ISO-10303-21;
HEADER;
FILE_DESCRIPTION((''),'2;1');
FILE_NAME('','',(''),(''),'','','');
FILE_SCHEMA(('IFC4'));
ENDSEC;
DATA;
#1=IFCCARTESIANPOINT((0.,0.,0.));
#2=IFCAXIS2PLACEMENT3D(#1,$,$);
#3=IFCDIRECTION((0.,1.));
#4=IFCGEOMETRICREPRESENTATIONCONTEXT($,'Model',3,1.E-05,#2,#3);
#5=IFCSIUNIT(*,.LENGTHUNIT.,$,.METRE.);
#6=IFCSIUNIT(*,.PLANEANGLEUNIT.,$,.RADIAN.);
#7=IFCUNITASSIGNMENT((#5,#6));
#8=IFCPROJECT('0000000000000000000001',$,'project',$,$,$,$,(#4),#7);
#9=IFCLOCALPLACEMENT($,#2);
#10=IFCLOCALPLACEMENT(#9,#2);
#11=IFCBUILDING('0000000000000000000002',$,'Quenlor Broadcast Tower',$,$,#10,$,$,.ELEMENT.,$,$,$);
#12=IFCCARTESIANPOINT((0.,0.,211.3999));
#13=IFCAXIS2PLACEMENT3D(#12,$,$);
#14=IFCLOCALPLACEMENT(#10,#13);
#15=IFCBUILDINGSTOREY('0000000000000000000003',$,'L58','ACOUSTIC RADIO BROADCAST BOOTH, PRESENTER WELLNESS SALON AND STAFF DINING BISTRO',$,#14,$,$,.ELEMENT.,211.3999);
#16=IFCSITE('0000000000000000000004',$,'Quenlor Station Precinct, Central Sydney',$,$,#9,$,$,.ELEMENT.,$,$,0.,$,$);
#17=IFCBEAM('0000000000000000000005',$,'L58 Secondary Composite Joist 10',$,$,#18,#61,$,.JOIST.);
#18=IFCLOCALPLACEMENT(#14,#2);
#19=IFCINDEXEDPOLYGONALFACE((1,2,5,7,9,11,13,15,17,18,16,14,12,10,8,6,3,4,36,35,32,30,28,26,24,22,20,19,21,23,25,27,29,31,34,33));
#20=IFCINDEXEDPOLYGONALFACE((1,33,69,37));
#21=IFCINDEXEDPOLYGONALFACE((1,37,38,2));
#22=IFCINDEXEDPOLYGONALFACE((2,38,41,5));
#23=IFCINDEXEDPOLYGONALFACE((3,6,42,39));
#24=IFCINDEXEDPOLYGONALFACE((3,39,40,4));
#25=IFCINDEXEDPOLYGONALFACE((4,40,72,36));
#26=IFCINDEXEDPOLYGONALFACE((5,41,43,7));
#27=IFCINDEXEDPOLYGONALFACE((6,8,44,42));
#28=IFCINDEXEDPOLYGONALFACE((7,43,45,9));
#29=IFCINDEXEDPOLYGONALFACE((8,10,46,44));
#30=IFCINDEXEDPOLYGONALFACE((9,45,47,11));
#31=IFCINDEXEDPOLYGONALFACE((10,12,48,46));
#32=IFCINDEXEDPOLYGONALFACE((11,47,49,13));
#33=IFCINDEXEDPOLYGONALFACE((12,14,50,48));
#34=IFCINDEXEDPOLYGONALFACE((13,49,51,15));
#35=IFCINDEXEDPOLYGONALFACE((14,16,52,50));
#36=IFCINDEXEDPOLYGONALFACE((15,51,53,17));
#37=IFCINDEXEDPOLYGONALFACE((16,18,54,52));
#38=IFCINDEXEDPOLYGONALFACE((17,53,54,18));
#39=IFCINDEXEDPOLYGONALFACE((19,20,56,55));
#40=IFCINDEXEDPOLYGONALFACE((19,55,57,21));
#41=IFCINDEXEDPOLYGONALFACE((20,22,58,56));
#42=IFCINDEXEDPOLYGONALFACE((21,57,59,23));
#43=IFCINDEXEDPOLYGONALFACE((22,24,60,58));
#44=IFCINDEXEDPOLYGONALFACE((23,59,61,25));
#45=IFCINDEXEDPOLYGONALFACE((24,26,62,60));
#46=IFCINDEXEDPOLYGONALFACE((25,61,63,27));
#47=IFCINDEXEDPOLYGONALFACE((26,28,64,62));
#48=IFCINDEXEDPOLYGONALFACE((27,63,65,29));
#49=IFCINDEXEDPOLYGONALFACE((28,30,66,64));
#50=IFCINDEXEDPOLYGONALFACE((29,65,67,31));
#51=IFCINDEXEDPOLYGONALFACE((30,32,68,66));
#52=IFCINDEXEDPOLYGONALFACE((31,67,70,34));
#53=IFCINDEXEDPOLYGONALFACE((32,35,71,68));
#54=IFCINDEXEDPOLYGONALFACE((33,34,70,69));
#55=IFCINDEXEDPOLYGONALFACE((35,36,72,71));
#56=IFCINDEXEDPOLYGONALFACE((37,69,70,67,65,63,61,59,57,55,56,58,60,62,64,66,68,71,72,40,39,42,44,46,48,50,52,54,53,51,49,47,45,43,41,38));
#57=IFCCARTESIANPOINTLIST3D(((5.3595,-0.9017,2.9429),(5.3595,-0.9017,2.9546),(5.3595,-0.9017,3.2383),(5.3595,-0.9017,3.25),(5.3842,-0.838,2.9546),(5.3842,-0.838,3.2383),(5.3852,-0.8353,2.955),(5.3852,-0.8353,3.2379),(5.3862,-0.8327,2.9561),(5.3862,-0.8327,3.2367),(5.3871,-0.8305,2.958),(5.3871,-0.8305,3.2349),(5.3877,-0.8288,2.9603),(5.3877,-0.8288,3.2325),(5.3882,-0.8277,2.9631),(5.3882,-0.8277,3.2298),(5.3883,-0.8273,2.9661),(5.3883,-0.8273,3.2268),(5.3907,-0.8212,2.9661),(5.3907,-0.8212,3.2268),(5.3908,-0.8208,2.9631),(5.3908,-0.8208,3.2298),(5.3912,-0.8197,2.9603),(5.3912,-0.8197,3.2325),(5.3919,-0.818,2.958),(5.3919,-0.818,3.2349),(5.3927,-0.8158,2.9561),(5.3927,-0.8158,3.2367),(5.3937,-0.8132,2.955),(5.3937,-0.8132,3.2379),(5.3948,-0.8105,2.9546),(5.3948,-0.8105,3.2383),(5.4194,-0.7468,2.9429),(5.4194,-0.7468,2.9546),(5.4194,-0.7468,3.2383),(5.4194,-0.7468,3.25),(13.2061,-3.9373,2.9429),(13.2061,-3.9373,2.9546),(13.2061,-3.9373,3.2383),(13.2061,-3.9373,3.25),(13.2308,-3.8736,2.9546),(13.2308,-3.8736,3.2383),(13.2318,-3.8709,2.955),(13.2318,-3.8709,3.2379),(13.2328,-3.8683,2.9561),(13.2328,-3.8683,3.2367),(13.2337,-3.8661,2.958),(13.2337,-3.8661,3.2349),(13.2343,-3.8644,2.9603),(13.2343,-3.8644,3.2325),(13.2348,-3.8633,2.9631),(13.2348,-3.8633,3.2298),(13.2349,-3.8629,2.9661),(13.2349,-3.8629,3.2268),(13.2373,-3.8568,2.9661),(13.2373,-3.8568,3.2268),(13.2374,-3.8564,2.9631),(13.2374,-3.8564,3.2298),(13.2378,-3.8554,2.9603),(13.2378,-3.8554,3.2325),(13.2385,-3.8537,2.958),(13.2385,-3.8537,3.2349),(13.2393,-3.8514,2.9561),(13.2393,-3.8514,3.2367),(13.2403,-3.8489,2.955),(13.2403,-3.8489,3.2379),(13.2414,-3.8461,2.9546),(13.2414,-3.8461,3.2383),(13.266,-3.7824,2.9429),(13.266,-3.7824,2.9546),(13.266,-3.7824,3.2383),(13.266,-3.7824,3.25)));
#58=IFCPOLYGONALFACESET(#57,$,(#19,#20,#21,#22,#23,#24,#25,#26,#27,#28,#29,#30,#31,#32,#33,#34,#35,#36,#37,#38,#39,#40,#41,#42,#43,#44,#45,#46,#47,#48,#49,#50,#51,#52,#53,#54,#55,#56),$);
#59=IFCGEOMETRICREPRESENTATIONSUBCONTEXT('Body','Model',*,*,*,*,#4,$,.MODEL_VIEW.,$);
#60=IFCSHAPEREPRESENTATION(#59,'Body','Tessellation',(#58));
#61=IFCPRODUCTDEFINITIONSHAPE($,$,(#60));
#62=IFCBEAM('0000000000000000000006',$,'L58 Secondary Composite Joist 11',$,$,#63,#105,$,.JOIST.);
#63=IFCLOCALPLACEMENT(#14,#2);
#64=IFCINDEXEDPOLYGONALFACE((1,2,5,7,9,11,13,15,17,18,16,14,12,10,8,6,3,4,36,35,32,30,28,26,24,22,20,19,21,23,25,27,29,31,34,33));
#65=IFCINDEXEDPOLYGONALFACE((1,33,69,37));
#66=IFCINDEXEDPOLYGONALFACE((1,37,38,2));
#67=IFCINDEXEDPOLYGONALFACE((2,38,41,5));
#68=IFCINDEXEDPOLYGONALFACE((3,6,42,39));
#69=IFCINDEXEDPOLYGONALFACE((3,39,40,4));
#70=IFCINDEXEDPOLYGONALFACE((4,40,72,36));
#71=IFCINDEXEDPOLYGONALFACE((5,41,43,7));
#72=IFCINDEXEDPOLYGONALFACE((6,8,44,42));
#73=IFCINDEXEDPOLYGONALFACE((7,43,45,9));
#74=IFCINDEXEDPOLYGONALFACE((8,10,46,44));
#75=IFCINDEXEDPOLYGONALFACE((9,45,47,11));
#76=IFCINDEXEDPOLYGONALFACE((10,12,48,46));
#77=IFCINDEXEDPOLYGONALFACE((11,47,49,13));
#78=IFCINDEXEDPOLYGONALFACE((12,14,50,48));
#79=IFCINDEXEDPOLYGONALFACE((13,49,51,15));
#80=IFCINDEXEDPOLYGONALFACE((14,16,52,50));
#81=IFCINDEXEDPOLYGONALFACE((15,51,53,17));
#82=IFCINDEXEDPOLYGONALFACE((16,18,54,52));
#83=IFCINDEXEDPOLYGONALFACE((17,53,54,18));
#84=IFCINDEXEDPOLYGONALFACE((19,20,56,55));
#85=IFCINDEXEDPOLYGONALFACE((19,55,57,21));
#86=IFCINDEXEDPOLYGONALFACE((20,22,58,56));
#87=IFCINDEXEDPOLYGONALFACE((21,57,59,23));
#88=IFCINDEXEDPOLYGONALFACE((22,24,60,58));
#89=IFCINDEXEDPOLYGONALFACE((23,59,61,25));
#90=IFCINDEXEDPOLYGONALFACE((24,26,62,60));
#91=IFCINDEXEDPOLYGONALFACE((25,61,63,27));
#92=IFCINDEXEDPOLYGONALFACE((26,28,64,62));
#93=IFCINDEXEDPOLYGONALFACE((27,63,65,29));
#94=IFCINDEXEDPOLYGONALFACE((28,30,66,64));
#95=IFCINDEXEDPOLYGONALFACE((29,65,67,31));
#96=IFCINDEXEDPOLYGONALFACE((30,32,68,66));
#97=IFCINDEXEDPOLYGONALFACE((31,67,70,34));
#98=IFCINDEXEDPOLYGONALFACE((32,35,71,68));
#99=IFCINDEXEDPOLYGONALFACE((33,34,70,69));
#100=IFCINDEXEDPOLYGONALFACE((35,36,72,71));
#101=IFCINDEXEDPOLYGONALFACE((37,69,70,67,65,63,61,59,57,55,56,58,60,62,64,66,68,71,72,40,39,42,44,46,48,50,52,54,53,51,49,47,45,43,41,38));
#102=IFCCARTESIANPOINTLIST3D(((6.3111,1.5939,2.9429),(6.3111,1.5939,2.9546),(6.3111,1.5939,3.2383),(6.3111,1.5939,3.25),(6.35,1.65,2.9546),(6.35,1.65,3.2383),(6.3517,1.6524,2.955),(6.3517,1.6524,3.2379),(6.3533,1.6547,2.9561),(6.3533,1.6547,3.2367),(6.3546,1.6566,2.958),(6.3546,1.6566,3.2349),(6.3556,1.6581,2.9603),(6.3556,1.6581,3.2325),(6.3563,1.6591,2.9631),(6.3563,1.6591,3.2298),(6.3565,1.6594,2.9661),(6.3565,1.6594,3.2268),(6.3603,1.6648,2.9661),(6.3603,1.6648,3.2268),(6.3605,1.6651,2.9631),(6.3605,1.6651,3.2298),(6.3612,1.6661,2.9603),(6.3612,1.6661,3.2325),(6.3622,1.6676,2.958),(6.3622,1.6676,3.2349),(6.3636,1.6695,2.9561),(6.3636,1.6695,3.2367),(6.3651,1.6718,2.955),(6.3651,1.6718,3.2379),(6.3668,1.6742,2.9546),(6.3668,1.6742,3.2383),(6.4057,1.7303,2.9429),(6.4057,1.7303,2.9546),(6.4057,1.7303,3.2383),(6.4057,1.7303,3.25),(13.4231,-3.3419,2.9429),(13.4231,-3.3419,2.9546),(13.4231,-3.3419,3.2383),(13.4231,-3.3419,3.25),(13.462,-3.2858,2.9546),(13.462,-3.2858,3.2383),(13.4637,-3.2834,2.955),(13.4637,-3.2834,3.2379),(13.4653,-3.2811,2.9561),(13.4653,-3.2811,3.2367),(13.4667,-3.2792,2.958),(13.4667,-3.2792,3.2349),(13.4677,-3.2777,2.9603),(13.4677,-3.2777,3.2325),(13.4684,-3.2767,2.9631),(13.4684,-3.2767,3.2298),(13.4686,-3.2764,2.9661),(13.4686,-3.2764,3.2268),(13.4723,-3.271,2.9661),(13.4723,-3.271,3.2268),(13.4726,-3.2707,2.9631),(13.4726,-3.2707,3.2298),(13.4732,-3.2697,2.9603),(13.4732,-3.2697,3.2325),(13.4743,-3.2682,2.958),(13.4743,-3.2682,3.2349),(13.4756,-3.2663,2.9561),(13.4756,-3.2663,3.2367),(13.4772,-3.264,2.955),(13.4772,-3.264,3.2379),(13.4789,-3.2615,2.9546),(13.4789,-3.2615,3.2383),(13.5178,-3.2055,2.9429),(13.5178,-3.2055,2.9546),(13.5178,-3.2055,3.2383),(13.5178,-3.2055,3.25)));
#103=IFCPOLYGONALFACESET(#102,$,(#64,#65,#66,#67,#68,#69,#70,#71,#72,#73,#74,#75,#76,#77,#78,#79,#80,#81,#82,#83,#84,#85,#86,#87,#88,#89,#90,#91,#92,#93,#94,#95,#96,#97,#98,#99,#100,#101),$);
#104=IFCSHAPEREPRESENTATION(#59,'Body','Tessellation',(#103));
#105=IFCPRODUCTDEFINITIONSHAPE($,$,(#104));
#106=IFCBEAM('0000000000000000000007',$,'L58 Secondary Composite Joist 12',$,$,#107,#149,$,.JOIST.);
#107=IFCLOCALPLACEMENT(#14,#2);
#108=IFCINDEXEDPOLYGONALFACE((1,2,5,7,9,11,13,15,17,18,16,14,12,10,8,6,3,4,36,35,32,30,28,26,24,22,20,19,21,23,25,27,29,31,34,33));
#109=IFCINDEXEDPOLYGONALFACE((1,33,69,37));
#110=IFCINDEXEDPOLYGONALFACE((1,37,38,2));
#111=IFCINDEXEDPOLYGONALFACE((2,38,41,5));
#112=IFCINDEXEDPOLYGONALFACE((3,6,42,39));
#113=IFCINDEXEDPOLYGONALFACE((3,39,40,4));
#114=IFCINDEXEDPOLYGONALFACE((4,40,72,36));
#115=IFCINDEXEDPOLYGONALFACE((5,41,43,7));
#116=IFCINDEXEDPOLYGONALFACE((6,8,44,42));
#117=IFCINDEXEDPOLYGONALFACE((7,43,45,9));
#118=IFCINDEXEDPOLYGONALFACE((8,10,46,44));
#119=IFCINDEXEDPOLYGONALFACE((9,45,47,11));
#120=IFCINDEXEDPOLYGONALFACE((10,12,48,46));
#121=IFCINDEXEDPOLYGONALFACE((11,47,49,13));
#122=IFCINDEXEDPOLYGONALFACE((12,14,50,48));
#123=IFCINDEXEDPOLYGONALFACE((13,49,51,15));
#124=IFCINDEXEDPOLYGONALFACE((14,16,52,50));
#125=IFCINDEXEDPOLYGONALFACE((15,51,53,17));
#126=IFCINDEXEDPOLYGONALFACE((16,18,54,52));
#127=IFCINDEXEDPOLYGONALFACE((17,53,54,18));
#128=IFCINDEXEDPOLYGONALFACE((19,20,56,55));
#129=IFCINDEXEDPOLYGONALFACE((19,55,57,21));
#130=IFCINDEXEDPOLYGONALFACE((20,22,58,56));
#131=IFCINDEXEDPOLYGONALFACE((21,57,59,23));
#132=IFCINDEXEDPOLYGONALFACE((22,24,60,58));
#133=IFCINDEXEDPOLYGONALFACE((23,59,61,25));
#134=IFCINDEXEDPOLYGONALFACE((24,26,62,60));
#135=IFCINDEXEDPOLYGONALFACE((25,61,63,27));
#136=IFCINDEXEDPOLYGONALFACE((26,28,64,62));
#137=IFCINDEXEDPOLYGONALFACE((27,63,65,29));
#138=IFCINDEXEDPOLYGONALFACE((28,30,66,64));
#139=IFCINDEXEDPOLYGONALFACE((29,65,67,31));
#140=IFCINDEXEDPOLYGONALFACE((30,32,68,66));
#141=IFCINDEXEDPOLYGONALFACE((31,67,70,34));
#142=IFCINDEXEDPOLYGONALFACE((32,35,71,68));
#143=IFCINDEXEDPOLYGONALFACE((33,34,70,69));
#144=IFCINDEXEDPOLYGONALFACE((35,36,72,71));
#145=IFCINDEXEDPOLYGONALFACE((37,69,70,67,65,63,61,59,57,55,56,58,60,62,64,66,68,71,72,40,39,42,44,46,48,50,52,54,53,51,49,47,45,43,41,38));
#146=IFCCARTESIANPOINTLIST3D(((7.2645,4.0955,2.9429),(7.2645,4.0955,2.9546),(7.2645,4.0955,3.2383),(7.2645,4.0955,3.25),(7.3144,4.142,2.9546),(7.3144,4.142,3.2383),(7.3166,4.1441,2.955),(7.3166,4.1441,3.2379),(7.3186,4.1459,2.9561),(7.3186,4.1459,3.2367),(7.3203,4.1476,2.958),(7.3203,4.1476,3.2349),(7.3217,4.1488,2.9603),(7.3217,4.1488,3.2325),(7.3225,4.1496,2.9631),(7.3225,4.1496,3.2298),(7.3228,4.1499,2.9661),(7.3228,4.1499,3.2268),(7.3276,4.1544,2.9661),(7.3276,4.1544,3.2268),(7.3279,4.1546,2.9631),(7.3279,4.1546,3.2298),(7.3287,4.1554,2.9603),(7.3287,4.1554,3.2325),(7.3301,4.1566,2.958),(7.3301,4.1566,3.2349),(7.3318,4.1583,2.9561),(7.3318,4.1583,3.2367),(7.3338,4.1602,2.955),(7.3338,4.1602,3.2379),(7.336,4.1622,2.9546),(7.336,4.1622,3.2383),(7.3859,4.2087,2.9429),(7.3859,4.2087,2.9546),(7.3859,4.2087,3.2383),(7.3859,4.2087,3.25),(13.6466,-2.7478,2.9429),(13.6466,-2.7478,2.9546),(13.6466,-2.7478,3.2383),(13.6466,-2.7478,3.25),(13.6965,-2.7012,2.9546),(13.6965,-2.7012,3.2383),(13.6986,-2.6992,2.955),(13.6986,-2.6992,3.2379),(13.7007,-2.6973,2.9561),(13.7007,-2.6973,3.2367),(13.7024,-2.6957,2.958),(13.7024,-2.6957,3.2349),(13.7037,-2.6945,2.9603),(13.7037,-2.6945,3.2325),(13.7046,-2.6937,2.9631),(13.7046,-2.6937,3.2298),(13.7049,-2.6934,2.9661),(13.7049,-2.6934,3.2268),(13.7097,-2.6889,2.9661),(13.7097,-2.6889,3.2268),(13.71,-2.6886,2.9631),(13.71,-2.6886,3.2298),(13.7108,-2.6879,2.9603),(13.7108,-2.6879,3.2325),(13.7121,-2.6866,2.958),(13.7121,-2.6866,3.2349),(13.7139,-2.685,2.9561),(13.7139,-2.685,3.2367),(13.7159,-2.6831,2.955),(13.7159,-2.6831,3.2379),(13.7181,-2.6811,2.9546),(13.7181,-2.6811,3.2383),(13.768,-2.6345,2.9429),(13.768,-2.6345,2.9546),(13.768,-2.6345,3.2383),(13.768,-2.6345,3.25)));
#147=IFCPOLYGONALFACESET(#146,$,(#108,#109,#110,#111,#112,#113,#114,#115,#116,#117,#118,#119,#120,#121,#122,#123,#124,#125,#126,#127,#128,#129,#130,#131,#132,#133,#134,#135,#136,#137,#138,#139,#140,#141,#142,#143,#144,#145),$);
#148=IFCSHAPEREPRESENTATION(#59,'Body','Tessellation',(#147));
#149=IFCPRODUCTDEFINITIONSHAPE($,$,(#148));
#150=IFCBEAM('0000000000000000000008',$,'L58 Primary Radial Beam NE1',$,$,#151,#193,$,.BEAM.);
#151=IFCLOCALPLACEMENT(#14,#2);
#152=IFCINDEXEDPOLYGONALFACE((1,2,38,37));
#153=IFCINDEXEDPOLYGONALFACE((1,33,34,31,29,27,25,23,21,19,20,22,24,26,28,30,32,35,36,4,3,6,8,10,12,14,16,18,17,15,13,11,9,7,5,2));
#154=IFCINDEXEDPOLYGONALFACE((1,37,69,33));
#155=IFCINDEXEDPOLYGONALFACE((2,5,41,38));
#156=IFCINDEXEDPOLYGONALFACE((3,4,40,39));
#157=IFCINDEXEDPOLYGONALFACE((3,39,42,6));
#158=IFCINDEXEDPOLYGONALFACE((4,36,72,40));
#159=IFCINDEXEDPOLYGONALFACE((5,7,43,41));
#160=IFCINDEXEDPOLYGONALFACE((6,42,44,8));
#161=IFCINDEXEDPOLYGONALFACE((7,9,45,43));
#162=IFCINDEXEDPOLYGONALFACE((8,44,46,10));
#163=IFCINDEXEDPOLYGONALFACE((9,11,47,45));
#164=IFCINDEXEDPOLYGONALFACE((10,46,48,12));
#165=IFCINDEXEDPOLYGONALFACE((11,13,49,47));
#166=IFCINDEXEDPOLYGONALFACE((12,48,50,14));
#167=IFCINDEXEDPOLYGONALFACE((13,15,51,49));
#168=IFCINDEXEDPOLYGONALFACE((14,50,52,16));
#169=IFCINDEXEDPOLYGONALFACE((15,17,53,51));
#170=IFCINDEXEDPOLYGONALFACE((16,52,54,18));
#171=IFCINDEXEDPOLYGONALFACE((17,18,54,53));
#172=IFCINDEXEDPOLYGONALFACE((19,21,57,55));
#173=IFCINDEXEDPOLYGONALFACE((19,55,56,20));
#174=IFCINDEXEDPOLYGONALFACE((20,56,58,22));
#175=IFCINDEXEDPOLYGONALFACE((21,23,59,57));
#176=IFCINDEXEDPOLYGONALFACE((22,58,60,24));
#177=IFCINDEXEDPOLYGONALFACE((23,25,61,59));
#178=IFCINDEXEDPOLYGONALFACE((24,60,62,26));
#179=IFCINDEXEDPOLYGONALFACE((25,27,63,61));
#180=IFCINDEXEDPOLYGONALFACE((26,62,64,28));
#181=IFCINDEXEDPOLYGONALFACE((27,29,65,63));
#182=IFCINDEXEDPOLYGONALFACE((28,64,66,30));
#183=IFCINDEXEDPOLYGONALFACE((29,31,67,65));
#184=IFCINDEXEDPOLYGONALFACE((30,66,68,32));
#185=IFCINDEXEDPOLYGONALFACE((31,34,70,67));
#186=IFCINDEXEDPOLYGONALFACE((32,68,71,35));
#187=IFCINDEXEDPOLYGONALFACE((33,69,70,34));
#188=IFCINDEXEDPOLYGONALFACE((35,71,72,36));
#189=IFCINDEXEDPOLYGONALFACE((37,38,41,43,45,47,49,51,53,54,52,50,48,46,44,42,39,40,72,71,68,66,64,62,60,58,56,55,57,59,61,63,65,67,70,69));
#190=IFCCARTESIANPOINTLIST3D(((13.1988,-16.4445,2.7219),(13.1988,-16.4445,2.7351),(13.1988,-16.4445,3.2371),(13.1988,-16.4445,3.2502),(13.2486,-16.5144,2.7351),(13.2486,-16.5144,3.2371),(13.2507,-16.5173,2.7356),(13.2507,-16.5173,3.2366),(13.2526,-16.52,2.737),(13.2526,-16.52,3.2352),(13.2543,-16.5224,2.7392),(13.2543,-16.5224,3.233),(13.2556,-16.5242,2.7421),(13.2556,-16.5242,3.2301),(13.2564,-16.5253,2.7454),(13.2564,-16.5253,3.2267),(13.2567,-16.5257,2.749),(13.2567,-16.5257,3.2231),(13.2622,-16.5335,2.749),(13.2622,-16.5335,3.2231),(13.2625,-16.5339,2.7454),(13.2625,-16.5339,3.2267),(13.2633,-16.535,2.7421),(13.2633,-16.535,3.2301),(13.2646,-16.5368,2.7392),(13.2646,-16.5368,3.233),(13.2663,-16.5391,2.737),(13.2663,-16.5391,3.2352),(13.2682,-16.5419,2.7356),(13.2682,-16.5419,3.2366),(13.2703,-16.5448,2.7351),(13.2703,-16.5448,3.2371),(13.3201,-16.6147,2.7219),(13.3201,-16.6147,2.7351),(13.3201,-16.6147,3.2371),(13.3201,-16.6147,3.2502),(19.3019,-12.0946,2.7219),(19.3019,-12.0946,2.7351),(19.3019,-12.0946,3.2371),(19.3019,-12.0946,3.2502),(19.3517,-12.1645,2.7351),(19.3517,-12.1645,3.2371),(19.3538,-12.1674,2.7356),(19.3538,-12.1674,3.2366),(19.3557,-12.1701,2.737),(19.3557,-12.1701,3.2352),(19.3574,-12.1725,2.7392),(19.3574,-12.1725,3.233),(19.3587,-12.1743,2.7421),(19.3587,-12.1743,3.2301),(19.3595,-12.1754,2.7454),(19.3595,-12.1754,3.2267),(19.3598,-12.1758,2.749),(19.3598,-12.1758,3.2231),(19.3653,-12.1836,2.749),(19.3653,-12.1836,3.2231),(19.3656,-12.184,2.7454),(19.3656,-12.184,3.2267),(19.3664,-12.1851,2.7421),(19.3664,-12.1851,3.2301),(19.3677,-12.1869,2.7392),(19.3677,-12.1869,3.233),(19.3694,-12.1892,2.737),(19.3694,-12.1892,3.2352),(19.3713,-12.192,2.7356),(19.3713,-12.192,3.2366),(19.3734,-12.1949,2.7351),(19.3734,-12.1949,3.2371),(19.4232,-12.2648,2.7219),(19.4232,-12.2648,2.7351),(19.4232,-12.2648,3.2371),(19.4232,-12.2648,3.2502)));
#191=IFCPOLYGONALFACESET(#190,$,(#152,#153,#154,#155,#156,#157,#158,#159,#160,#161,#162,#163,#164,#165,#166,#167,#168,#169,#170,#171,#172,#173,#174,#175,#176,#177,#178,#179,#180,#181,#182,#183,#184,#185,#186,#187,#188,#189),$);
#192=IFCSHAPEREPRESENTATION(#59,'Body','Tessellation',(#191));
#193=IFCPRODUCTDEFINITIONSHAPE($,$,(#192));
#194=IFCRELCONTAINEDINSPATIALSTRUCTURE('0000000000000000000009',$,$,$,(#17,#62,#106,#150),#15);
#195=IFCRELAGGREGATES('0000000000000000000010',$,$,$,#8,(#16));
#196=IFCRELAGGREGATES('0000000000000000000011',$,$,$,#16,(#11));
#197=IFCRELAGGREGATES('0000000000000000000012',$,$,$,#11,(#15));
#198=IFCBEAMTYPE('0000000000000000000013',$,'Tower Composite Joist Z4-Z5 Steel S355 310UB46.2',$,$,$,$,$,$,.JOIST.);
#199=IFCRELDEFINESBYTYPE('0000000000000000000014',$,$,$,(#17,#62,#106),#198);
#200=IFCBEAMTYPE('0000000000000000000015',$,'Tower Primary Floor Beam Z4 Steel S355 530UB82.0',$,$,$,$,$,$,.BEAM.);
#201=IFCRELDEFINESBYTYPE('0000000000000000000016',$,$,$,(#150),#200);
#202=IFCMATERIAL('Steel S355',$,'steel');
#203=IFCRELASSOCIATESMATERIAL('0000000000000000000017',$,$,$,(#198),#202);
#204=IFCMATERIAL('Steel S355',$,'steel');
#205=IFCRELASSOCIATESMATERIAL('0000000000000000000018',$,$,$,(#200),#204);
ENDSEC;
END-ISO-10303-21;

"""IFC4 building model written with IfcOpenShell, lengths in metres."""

from ifc_helpers import new_model, si_unit, direction, frame, origin, origin_2d, place, context, subcontext, project, spatial, i_section, extrude, material, material_profile, profile_set, type_object, element, save


model = new_model("IFC4")

# Units and contexts
model_context = context("Model", 3, precision=1e-05, world=origin(), true_north=direction((0.0, 1.0)))
body_context = subcontext(model_context, "Body", "Model", "MODEL_VIEW")
ifc_project = project(units=[si_unit("LENGTHUNIT", "METRE"), si_unit("PLANEANGLEUNIT", "RADIAN")], contexts=[model_context])

# Site, building, storey
site_placement = place(None, origin())
site = spatial("IfcSite", under=ifc_project, at=site_placement, Name="Quenlor Station Precinct, Central Sydney", CompositionType="ELEMENT", RefElevation=0.0)
building_placement = place(site_placement, origin())
building = spatial("IfcBuilding", under=site, at=building_placement, Name="Quenlor Broadcast Tower", CompositionType="ELEMENT")
storey_placement = place(building_placement, frame((0.0, 0.0, 211.3999)))
storey = spatial("IfcBuildingStorey", under=building, at=storey_placement, Name="L58", Description="ACOUSTIC RADIO BROADCAST BOOTH, PRESENTER WELLNESS SALON AND STAFF DINING BISTRO", CompositionType="ELEMENT", Elevation=211.3999)

# Beams
ifc_material_1 = material(Name="Steel S355", Category="steel")
ifc_material_profile_1 = material_profile(ifc_material_1, i_section(OverallWidth=0.166, OverallDepth=0.3071, WebThickness=0.0066, FlangeThickness=0.0117, FilletRadius=0.0115, at=origin_2d()))
ifc_profile_set_1 = profile_set([ifc_material_profile_1], Name="Steel S355 310UB46.2")
beam_type_1 = type_object("IfcBeamType", Name="Tower Composite Joist Z4-Z5 Steel S355 310UB46.2", PredefinedType="JOIST", material=ifc_profile_set_1)
beam_1_placement = place(storey_placement, frame((13.2361, -3.8599, 3.0964), z_axis=(-0.932639, 0.36081, 0.0), x_axis=(-0.36081, -0.932639, 0.0)))
element("IfcBeam", 1, at=beam_1_placement, inside=storey, type_object=beam_type_1, Name="L58 Secondary Composite Joist 10", PredefinedType="JOIST", context=body_context, shape_type="SweptSolid", body=[
    extrude(i_section(OverallWidth=0.166, OverallDepth=0.3071, WebThickness=0.0066, FlangeThickness=0.0117, FilletRadius=0.0115, at=origin_2d()), origin(), (0.0, 0.0, 1.0), 8.4133),
])
beam_2_placement = place(storey_placement, frame((13.4705, -3.2737, 3.0964), z_axis=(-0.82154, 0.570151, 0.0), x_axis=(-0.570151, -0.82154, 0.0)))
element("IfcBeam", 2, at=beam_2_placement, inside=storey, type_object=beam_type_1, Name="L58 Secondary Composite Joist 11", PredefinedType="JOIST", context=body_context, shape_type="SweptSolid", body=[
    extrude(i_section(OverallWidth=0.166, OverallDepth=0.3071, WebThickness=0.0066, FlangeThickness=0.0117, FilletRadius=0.0115, at=origin_2d()), origin(), (0.0, 0.0, 1.0), 8.657),
])
beam_3_placement = place(storey_placement, frame((13.7073, -2.6912, 3.0964), z_axis=(-0.682035, 0.73132, 0.0), x_axis=(-0.73132, -0.682035, 0.0)))
element("IfcBeam", 3, at=beam_3_placement, inside=storey, type_object=beam_type_1, Name="L58 Secondary Composite Joist 12", PredefinedType="JOIST", context=body_context, shape_type="SweptSolid", body=[
    extrude(i_section(OverallWidth=0.166, OverallDepth=0.3071, WebThickness=0.0066, FlangeThickness=0.0117, FilletRadius=0.0115, at=origin_2d()), origin(), (0.0, 0.0, 1.0), 9.3574),
])
ifc_material_2 = material(Name="Steel S355", Category="steel")
ifc_material_profile_2 = material_profile(ifc_material_2, i_section(OverallWidth=0.209, OverallDepth=0.5283, WebThickness=0.0095, FlangeThickness=0.0132, FilletRadius=0.0139, at=origin_2d()))
ifc_profile_set_2 = profile_set([ifc_material_profile_2], Name="Steel S355 530UB82.0")
beam_type_2 = type_object("IfcBeamType", Name="Tower Primary Floor Beam Z4 Steel S355 530UB82.0", PredefinedType="BEAM", material=ifc_profile_set_2)
beam_4_placement = place(storey_placement, frame((19.3625, -12.1797, 2.9861), z_axis=(-0.81433, -0.580403, 0.0), x_axis=(0.580403, -0.81433, 0.0)))
element("IfcBeam", 4, at=beam_4_placement, inside=storey, type_object=beam_type_2, Name="L58 Primary Radial Beam NE1", PredefinedType="BEAM", context=body_context, shape_type="SweptSolid", body=[
    extrude(i_section(OverallWidth=0.209, OverallDepth=0.5283, WebThickness=0.0095, FlangeThickness=0.0132, FilletRadius=0.0139, at=origin_2d()), origin(), (0.0, 0.0, 1.0), 7.4946),
])

save(model, "model.ifc")
